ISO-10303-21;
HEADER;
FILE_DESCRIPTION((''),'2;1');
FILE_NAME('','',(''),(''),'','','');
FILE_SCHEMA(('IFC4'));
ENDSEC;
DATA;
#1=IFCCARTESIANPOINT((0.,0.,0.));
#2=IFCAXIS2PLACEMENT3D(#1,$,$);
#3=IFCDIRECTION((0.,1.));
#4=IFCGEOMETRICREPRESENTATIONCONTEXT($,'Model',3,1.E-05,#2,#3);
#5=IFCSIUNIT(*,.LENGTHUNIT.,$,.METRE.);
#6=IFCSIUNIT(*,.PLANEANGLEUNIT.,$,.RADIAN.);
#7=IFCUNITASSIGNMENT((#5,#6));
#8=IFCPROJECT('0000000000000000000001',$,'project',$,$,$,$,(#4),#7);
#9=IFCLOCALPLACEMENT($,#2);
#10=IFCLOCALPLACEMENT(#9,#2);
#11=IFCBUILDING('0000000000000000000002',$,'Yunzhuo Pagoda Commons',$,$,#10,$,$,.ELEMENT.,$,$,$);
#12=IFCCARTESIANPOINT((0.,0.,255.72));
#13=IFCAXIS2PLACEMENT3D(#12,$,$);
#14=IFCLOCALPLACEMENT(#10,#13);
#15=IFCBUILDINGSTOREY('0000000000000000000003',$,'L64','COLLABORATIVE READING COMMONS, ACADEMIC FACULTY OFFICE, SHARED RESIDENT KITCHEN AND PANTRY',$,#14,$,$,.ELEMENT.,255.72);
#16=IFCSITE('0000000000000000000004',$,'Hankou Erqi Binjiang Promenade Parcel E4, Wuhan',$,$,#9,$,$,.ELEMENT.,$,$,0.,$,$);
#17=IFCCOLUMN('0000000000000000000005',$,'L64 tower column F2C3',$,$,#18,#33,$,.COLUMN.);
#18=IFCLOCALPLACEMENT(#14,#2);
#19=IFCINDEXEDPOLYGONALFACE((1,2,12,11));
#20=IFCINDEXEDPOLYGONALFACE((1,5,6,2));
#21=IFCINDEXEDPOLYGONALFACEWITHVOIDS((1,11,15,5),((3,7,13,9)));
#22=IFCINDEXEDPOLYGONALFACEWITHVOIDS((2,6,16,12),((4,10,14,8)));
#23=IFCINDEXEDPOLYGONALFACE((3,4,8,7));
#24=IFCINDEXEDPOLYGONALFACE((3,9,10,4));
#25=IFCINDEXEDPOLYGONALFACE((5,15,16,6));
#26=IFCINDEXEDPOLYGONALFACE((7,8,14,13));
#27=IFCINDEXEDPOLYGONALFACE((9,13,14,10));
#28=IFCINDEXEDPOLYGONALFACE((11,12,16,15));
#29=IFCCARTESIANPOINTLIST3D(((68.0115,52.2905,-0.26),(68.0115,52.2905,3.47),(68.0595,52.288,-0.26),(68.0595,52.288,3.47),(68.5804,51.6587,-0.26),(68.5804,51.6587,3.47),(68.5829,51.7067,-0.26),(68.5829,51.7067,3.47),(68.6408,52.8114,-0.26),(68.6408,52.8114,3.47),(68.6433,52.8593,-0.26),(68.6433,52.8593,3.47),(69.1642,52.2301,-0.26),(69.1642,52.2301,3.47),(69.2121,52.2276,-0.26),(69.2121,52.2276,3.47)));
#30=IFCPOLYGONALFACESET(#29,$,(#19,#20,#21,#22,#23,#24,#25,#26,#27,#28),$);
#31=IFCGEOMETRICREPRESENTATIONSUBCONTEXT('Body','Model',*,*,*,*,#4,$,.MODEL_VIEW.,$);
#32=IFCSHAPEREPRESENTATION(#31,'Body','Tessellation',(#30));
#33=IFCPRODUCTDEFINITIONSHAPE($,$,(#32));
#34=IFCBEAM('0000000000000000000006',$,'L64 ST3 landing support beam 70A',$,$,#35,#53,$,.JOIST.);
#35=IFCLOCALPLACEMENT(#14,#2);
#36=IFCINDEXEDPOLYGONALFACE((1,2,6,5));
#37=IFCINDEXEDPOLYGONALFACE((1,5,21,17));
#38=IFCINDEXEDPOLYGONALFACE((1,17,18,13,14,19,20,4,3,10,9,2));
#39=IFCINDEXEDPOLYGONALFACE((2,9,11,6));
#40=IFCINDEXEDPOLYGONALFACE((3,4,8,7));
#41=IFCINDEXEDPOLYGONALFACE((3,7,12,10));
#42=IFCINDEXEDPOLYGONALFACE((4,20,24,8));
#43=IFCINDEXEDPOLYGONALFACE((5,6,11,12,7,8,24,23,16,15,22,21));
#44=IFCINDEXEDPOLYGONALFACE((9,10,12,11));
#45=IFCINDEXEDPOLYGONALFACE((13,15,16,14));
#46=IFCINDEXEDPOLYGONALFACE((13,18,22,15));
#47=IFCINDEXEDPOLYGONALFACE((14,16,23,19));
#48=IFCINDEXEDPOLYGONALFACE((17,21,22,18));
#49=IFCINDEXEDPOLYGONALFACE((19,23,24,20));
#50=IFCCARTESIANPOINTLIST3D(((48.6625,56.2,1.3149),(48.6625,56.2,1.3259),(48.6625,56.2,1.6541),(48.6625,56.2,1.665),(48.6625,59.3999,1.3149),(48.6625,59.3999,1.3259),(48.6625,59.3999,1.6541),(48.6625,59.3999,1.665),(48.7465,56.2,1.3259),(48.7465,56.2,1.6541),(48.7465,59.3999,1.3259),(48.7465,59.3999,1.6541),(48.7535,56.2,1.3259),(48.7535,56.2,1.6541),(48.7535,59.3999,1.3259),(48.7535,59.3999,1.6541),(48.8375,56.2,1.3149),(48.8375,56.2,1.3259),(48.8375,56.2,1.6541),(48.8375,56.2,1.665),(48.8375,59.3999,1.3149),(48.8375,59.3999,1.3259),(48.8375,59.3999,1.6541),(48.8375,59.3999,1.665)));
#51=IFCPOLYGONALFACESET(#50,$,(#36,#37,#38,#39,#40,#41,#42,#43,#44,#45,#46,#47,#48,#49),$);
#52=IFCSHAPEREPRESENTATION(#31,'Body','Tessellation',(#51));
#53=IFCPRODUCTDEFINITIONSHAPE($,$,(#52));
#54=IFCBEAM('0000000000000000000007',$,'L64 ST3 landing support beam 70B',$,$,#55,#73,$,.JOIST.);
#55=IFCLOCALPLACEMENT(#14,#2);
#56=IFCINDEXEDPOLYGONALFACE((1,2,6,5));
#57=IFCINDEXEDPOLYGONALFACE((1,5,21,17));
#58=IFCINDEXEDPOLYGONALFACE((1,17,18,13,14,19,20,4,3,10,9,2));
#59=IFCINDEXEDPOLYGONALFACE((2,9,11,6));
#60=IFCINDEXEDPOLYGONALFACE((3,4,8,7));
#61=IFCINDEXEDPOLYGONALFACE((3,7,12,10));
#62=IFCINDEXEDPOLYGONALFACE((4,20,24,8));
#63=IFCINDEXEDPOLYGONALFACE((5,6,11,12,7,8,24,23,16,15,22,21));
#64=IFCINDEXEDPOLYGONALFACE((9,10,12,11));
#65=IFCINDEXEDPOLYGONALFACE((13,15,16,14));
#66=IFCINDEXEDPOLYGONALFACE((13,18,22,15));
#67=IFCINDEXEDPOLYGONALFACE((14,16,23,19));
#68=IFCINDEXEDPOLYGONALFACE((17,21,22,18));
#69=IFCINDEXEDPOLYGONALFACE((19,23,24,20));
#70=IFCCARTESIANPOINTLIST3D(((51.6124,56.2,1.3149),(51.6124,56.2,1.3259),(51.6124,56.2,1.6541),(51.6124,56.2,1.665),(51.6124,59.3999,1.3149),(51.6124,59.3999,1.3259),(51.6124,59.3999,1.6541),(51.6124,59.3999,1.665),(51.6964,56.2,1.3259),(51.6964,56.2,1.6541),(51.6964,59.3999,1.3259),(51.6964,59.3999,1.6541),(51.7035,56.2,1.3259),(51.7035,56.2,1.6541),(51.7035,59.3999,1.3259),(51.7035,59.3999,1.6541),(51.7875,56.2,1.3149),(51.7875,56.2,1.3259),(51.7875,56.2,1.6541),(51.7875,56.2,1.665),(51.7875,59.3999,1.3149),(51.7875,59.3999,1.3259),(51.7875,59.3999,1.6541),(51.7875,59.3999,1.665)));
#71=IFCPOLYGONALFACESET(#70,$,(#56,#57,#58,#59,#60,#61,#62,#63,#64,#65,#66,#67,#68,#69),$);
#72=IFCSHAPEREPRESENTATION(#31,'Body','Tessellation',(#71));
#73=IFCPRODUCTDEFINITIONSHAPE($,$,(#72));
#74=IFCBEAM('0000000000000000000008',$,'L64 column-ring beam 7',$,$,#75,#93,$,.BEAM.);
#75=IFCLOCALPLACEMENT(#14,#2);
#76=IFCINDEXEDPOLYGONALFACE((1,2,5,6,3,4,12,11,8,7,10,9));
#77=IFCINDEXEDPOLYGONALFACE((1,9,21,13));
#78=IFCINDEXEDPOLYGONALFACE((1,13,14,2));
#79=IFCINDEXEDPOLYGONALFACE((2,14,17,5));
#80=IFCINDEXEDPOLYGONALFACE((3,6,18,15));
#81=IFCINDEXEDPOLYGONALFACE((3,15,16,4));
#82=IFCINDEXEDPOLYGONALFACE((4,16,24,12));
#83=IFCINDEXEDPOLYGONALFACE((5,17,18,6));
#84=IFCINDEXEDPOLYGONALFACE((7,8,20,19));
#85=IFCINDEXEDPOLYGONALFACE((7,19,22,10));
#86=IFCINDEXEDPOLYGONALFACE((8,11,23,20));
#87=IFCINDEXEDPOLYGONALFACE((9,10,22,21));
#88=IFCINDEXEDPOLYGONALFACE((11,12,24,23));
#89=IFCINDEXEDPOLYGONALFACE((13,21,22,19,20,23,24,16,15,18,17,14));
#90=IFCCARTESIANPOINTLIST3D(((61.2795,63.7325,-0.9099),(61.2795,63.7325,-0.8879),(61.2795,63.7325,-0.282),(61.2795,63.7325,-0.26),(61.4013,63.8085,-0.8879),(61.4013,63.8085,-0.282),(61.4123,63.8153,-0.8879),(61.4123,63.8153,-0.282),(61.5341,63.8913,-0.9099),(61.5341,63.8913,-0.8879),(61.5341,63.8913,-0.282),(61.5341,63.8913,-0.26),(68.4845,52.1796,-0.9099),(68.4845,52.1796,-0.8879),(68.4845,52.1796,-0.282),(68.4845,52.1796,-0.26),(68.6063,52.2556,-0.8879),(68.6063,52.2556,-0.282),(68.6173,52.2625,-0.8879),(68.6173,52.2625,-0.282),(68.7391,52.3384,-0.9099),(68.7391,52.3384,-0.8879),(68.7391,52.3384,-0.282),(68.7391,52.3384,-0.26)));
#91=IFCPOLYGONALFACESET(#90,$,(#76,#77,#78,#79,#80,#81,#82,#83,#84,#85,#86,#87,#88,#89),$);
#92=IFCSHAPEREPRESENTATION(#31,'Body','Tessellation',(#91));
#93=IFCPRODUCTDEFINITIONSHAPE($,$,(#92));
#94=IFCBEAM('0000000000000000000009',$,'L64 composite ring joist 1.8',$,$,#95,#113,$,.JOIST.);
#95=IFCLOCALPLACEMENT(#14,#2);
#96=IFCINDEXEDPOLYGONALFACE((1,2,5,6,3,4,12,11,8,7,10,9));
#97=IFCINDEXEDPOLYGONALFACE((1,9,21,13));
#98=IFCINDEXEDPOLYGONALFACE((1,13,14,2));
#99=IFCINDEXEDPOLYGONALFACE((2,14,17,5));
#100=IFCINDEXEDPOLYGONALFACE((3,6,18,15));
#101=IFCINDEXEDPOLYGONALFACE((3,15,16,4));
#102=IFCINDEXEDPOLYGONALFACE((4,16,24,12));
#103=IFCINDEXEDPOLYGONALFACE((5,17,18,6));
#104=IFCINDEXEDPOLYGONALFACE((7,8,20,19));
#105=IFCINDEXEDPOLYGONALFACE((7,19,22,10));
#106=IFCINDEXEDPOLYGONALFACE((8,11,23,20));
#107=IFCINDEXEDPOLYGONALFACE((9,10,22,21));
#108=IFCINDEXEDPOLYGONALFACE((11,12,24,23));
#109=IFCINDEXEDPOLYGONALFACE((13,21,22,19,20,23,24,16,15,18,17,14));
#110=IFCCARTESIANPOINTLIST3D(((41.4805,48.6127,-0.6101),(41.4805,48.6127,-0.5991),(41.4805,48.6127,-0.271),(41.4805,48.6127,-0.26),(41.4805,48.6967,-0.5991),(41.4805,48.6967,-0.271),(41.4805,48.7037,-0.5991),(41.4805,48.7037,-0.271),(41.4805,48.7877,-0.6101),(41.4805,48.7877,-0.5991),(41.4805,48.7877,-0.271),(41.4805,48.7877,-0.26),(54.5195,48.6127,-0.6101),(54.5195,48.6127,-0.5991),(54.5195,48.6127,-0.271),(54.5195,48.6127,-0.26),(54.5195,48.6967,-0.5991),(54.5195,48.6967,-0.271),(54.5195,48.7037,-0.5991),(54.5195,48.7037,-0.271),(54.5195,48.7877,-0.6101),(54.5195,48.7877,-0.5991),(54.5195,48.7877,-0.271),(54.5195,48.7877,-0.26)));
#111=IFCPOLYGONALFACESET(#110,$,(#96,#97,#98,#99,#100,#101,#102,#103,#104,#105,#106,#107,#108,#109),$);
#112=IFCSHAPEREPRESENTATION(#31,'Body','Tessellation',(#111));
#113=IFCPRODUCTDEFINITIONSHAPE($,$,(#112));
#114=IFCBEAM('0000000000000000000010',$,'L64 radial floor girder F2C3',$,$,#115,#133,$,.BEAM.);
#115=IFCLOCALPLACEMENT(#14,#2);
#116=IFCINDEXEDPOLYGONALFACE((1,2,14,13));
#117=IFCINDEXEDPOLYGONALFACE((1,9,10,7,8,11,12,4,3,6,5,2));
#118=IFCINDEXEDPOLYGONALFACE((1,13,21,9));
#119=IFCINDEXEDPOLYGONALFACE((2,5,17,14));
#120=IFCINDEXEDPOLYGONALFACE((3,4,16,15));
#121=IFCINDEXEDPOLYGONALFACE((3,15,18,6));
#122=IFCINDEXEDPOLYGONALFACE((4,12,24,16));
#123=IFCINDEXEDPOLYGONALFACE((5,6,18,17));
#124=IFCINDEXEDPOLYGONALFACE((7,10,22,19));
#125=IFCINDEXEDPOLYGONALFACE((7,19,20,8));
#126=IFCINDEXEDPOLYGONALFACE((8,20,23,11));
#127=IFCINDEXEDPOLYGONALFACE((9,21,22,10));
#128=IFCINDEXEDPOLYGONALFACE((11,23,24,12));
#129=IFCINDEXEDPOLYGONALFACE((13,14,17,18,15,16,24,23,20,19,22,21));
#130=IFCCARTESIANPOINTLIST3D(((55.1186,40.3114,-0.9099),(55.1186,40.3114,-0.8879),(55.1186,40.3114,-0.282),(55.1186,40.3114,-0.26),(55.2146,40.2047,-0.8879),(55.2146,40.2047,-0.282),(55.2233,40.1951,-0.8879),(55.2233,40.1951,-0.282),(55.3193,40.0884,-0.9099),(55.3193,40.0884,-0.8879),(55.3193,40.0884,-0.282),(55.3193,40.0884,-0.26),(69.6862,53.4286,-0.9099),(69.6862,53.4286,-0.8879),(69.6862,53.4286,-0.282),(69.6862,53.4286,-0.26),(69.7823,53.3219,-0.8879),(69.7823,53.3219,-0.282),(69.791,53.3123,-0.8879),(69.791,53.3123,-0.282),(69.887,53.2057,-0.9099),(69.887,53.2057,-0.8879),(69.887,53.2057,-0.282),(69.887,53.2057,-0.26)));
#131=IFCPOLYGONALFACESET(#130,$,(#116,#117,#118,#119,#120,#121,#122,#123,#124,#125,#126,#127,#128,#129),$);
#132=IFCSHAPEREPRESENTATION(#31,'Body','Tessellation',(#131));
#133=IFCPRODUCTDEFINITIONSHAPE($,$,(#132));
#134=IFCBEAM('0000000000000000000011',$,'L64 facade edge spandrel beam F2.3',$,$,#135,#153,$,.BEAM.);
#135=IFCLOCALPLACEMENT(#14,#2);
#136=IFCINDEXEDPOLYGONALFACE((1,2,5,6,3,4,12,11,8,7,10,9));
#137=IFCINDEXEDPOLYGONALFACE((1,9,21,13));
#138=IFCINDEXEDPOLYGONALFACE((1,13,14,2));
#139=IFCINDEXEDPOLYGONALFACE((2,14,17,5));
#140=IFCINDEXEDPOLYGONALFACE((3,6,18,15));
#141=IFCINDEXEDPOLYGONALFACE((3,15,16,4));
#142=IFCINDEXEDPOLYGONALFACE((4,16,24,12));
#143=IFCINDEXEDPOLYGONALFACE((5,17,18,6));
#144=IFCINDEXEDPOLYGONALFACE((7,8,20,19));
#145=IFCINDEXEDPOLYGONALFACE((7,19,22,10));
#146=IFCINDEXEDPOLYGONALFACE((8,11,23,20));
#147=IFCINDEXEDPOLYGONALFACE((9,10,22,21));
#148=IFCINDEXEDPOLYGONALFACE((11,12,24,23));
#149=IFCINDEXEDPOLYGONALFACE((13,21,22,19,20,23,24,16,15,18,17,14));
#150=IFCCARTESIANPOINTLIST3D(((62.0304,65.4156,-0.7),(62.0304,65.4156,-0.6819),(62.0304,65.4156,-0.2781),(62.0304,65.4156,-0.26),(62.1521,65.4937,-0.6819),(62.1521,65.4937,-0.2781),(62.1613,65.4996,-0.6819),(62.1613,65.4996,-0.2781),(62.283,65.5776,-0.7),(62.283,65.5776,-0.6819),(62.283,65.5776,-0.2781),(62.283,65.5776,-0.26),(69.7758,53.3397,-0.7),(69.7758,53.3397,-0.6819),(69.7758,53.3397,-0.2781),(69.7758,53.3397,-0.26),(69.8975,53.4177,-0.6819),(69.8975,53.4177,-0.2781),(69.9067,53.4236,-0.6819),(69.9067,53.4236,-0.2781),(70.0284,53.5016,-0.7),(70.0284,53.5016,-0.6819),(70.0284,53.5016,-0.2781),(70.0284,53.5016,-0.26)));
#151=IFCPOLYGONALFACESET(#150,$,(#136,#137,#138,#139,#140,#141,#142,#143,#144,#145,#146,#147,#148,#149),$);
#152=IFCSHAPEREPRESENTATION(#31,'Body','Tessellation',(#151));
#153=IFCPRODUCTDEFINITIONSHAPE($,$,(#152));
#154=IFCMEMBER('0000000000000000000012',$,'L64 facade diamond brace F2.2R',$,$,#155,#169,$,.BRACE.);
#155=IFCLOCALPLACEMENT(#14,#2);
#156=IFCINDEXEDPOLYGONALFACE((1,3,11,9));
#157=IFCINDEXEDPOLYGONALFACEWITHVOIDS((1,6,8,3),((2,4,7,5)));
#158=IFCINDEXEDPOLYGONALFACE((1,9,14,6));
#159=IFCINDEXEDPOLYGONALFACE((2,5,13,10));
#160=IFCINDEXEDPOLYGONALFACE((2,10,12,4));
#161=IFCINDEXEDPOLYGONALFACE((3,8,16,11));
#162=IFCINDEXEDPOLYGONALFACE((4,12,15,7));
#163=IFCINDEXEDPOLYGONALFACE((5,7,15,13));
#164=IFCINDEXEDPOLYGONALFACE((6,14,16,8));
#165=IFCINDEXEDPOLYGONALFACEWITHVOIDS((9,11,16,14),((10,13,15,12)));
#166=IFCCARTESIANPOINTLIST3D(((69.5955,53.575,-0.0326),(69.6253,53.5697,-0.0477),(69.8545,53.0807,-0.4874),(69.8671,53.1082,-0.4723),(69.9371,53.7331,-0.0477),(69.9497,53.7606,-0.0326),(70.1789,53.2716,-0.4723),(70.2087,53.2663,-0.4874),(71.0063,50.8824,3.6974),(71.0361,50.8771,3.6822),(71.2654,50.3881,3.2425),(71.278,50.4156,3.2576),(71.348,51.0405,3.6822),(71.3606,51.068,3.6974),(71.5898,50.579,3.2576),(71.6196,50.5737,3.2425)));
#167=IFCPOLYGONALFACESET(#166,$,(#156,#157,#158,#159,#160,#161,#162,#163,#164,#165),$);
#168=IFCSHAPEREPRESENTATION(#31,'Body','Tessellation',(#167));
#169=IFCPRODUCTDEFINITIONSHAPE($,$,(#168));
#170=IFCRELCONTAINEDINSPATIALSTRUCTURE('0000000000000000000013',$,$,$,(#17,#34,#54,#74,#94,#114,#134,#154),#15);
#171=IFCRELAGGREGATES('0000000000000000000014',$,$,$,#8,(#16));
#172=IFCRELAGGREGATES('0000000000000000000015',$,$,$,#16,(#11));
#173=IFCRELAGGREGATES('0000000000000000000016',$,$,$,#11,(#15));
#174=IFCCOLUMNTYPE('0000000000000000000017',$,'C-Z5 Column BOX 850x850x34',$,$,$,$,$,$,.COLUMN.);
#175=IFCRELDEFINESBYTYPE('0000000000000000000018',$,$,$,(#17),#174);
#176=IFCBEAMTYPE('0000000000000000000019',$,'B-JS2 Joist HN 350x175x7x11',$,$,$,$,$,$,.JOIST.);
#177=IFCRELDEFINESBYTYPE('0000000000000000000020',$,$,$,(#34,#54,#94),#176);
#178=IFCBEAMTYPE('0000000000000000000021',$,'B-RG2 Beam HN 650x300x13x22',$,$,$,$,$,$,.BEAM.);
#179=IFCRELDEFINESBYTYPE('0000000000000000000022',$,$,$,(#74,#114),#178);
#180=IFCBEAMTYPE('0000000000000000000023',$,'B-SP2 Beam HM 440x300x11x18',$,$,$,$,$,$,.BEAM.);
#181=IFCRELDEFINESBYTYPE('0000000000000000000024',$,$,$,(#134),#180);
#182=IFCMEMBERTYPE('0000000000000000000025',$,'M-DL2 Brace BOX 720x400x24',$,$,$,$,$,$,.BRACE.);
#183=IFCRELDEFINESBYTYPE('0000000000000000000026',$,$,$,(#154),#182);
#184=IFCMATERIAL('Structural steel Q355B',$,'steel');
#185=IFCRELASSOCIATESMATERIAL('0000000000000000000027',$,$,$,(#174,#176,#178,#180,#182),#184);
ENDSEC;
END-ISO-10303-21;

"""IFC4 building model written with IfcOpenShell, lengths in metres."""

from ifc_helpers import new_model, si_unit, direction, frame, origin, origin_2d, place, context, subcontext, project, spatial, hollow_rectangle, i_section, extrude, source, transform, mapped, material, material_profile, profile_set, type_object, element, save


model = new_model("IFC4")

# Units and contexts
model_context = context("Model", 3, precision=1e-05, world=origin(), true_north=direction((0.0, 1.0)))
body_context = subcontext(model_context, "Body", "Model", "MODEL_VIEW")
ifc_project = project(units=[si_unit("LENGTHUNIT", "METRE"), si_unit("PLANEANGLEUNIT", "RADIAN")], contexts=[model_context])

# Site, building, storey
site_placement = place(None, origin())
site = spatial("IfcSite", under=ifc_project, at=site_placement, Name="Hankou Erqi Binjiang Promenade Parcel E4, Wuhan", CompositionType="ELEMENT", RefElevation=0.0)
building_placement = place(site_placement, origin())
building = spatial("IfcBuilding", under=site, at=building_placement, Name="Yunzhuo Pagoda Commons", CompositionType="ELEMENT")
storey_placement = place(building_placement, frame((0.0, 0.0, 255.72)))
storey = spatial("IfcBuildingStorey", under=building, at=storey_placement, Name="L64", Description="COLLABORATIVE READING COMMONS, ACADEMIC FACULTY OFFICE, SHARED RESIDENT KITCHEN AND PANTRY", CompositionType="ELEMENT", Elevation=255.72)

# Column
ifc_material_1 = material(Name="Structural steel Q355B", Category="steel")
ifc_material_profile_1 = material_profile(ifc_material_1, hollow_rectangle(XDim=0.8501, YDim=0.8501, WallThickness=0.0339, at=origin_2d()), Name="Structural steel Q355B")
ifc_profile_set_1 = profile_set([ifc_material_profile_1], Name="Structural steel Q355B")
column_type = type_object("IfcColumnType", Name="C-Z5 Column BOX 850x850x34", PredefinedType="COLUMN", material=ifc_profile_set_1)
shared_shape_1 = source(origin(), body_context, "Body", "SweptSolid", [
    extrude(hollow_rectangle(XDim=0.8501, YDim=0.8501, WallThickness=0.0339, at=origin_2d()), origin(), (0.0, 0.0, 1.0), 3.73),
])
column_placement = place(storey_placement, frame((68.6118, 52.259, -0.26), z_axis=(0.0, 0.0, 1.0), x_axis=(-0.669131, 0.743145, 0.0)))
element("IfcColumn", 1, at=column_placement, inside=storey, type_object=column_type, Name="L64 tower column F2C3", PredefinedType="COLUMN", context=body_context, shape_type="MappedRepresentation", body=[
    mapped(shared_shape_1, transform((0.0, 0.0, 0.0), scale=1.0)),
])

# Beams
ifc_material_profile_2 = material_profile(ifc_material_1, i_section(OverallWidth=0.175, OverallDepth=0.3501, WebThickness=0.0071, FlangeThickness=0.011, at=origin_2d()), Name="Structural steel Q355B")
ifc_profile_set_2 = profile_set([ifc_material_profile_2], Name="Structural steel Q355B")
beam_type_1 = type_object("IfcBeamType", Name="B-JS2 Joist HN 350x175x7x11", PredefinedType="JOIST", material=ifc_profile_set_2)
shared_shape_2 = source(origin(), body_context, "Body", "SweptSolid", [
    extrude(i_section(OverallWidth=0.175, OverallDepth=0.3501, WebThickness=0.0071, FlangeThickness=0.011, at=origin_2d()), origin(), (0.0, 0.0, 1.0), 3.2),
])
for number, where, z_axis, x_axis, name in (
    (2, (48.75, 56.2, 1.49), (0.0, 1.0, 0.0), (-1.0, 0.0, 0.0), "L64 ST3 landing support beam 70A"),
    (3, (51.7, 56.2, 1.49), (0.0, 1.0, 0.0), (-1.0, 0.0, 0.0), "L64 ST3 landing support beam 70B"),
):
    element("IfcBeam", number, at=place(storey_placement, frame(where, z_axis=z_axis, x_axis=x_axis)), inside=storey, type_object=beam_type_1, Name=name, PredefinedType="JOIST", context=body_context, shape_type="MappedRepresentation", body=[
        mapped(shared_shape_2, transform((0.0, 0.0, 0.0), scale=1.0)),
    ])
ifc_material_profile_3 = material_profile(ifc_material_1, i_section(OverallWidth=0.3, OverallDepth=0.6499, WebThickness=0.0129, FlangeThickness=0.022, at=origin_2d()), Name="Structural steel Q355B")
ifc_profile_set_3 = profile_set([ifc_material_profile_3], Name="Structural steel Q355B")
beam_type_2 = type_object("IfcBeamType", Name="B-RG2 Beam HN 650x300x13x22", PredefinedType="BEAM", material=ifc_profile_set_3)
shared_shape_3 = source(origin(), body_context, "Body", "SweptSolid", [
    extrude(i_section(OverallWidth=0.3, OverallDepth=0.6499, WebThickness=0.0129, FlangeThickness=0.022, at=origin_2d()), origin(), (0.0, 0.0, 1.0), 13.6155),
])
beam_1_placement = place(storey_placement, frame((68.6118, 52.259, -0.585), z_axis=(-0.529178, 0.848511, 0.0), x_axis=(-0.848511, -0.529178, 0.0)))
element("IfcBeam", 4, at=beam_1_placement, inside=storey, type_object=beam_type_2, Name="L64 column-ring beam 7", PredefinedType="BEAM", context=body_context, shape_type="MappedRepresentation", body=[
    mapped(shared_shape_3, transform((0.0, 0.0, 0.0), scale=1.0)),
])
shared_shape_4 = source(origin(), body_context, "Body", "SweptSolid", [
    extrude(i_section(OverallWidth=0.175, OverallDepth=0.3501, WebThickness=0.0071, FlangeThickness=0.011, at=origin_2d()), origin(), (0.0, 0.0, 1.0), 13.0391),
])
beam_2_placement = place(storey_placement, frame((54.5195, 48.7002, -0.4351), z_axis=(-1.0, 0.0, 0.0), x_axis=(0.0, -1.0, 0.0)))
element("IfcBeam", 5, at=beam_2_placement, inside=storey, type_object=beam_type_1, Name="L64 composite ring joist 1.8", PredefinedType="JOIST", context=body_context, shape_type="MappedRepresentation", body=[
    mapped(shared_shape_4, transform((0.0, 0.0, 0.0), scale=1.0)),
])
shared_shape_5 = source(origin(), body_context, "Body", "SweptSolid", [
    extrude(i_section(OverallWidth=0.3, OverallDepth=0.6499, WebThickness=0.0129, FlangeThickness=0.022, at=origin_2d()), origin(), (0.0, 0.0, 1.0), 19.603),
])
beam_3_placement = place(storey_placement, frame((69.7866, 53.3171, -0.585), z_axis=(-0.743134, -0.669143, 0.0), x_axis=(0.669143, -0.743134, 0.0)))
element("IfcBeam", 6, at=beam_3_placement, inside=storey, type_object=beam_type_2, Name="L64 radial floor girder F2C3", PredefinedType="BEAM", context=body_context, shape_type="MappedRepresentation", body=[
    mapped(shared_shape_5, transform((0.0, 0.0, 0.0), scale=1.0)),
])
ifc_material_profile_4 = material_profile(ifc_material_1, i_section(OverallWidth=0.3, OverallDepth=0.4399, WebThickness=0.011, FlangeThickness=0.0181, at=origin_2d()), Name="Structural steel Q355B")
ifc_profile_set_4 = profile_set([ifc_material_profile_4], Name="Structural steel Q355B")
beam_type_3 = type_object("IfcBeamType", Name="B-SP2 Beam HM 440x300x11x18", PredefinedType="BEAM", material=ifc_profile_set_4)
shared_shape_6 = source(origin(), body_context, "Body", "SweptSolid", [
    extrude(i_section(OverallWidth=0.3, OverallDepth=0.4399, WebThickness=0.011, FlangeThickness=0.0181, at=origin_2d()), origin(), (0.0, 0.0, 1.0), 14.3464),
])
beam_4_placement = place(storey_placement, frame((69.9021, 53.4207, -0.48), z_axis=(-0.539883, 0.84174, 0.0), x_axis=(-0.84174, -0.539883, 0.0)))
element("IfcBeam", 7, at=beam_4_placement, inside=storey, type_object=beam_type_3, Name="L64 facade edge spandrel beam F2.3", PredefinedType="BEAM", context=body_context, shape_type="MappedRepresentation", body=[
    mapped(shared_shape_6, transform((0.0, 0.0, 0.0), scale=1.0)),
])

# Member
ifc_material_profile_5 = material_profile(ifc_material_1, hollow_rectangle(XDim=0.3999, YDim=0.72, WallThickness=0.0239, at=origin_2d()), Name="Structural steel Q355B")
ifc_profile_set_5 = profile_set([ifc_material_profile_5], Name="Structural steel Q355B")
member_type_1 = type_object("IfcMemberType", Name="M-DL2 Brace BOX 720x400x24", PredefinedType="BRACE", material=ifc_profile_set_5)
shared_shape_7 = source(origin(), body_context, "Body", "SweptSolid", [
    extrude(hollow_rectangle(XDim=0.3999, YDim=0.72, WallThickness=0.0239, at=origin_2d()), origin(), (0.0, 0.0, 1.0), 4.8118),
])
member_1_placement = place(storey_placement, frame((69.9021, 53.4207, -0.26), z_axis=(0.293213, -0.559586, 0.775171), x_axis=(0.885769, 0.464127, 0.0)))
element("IfcMember", 8, at=member_1_placement, inside=storey, type_object=member_type_1, Name="L64 facade diamond brace F2.2R", PredefinedType="BRACE", context=body_context, shape_type="MappedRepresentation", body=[
    mapped(shared_shape_7, transform((0.0, 0.0, 0.0), scale=1.0)),
])

save(model, "model.ifc")
